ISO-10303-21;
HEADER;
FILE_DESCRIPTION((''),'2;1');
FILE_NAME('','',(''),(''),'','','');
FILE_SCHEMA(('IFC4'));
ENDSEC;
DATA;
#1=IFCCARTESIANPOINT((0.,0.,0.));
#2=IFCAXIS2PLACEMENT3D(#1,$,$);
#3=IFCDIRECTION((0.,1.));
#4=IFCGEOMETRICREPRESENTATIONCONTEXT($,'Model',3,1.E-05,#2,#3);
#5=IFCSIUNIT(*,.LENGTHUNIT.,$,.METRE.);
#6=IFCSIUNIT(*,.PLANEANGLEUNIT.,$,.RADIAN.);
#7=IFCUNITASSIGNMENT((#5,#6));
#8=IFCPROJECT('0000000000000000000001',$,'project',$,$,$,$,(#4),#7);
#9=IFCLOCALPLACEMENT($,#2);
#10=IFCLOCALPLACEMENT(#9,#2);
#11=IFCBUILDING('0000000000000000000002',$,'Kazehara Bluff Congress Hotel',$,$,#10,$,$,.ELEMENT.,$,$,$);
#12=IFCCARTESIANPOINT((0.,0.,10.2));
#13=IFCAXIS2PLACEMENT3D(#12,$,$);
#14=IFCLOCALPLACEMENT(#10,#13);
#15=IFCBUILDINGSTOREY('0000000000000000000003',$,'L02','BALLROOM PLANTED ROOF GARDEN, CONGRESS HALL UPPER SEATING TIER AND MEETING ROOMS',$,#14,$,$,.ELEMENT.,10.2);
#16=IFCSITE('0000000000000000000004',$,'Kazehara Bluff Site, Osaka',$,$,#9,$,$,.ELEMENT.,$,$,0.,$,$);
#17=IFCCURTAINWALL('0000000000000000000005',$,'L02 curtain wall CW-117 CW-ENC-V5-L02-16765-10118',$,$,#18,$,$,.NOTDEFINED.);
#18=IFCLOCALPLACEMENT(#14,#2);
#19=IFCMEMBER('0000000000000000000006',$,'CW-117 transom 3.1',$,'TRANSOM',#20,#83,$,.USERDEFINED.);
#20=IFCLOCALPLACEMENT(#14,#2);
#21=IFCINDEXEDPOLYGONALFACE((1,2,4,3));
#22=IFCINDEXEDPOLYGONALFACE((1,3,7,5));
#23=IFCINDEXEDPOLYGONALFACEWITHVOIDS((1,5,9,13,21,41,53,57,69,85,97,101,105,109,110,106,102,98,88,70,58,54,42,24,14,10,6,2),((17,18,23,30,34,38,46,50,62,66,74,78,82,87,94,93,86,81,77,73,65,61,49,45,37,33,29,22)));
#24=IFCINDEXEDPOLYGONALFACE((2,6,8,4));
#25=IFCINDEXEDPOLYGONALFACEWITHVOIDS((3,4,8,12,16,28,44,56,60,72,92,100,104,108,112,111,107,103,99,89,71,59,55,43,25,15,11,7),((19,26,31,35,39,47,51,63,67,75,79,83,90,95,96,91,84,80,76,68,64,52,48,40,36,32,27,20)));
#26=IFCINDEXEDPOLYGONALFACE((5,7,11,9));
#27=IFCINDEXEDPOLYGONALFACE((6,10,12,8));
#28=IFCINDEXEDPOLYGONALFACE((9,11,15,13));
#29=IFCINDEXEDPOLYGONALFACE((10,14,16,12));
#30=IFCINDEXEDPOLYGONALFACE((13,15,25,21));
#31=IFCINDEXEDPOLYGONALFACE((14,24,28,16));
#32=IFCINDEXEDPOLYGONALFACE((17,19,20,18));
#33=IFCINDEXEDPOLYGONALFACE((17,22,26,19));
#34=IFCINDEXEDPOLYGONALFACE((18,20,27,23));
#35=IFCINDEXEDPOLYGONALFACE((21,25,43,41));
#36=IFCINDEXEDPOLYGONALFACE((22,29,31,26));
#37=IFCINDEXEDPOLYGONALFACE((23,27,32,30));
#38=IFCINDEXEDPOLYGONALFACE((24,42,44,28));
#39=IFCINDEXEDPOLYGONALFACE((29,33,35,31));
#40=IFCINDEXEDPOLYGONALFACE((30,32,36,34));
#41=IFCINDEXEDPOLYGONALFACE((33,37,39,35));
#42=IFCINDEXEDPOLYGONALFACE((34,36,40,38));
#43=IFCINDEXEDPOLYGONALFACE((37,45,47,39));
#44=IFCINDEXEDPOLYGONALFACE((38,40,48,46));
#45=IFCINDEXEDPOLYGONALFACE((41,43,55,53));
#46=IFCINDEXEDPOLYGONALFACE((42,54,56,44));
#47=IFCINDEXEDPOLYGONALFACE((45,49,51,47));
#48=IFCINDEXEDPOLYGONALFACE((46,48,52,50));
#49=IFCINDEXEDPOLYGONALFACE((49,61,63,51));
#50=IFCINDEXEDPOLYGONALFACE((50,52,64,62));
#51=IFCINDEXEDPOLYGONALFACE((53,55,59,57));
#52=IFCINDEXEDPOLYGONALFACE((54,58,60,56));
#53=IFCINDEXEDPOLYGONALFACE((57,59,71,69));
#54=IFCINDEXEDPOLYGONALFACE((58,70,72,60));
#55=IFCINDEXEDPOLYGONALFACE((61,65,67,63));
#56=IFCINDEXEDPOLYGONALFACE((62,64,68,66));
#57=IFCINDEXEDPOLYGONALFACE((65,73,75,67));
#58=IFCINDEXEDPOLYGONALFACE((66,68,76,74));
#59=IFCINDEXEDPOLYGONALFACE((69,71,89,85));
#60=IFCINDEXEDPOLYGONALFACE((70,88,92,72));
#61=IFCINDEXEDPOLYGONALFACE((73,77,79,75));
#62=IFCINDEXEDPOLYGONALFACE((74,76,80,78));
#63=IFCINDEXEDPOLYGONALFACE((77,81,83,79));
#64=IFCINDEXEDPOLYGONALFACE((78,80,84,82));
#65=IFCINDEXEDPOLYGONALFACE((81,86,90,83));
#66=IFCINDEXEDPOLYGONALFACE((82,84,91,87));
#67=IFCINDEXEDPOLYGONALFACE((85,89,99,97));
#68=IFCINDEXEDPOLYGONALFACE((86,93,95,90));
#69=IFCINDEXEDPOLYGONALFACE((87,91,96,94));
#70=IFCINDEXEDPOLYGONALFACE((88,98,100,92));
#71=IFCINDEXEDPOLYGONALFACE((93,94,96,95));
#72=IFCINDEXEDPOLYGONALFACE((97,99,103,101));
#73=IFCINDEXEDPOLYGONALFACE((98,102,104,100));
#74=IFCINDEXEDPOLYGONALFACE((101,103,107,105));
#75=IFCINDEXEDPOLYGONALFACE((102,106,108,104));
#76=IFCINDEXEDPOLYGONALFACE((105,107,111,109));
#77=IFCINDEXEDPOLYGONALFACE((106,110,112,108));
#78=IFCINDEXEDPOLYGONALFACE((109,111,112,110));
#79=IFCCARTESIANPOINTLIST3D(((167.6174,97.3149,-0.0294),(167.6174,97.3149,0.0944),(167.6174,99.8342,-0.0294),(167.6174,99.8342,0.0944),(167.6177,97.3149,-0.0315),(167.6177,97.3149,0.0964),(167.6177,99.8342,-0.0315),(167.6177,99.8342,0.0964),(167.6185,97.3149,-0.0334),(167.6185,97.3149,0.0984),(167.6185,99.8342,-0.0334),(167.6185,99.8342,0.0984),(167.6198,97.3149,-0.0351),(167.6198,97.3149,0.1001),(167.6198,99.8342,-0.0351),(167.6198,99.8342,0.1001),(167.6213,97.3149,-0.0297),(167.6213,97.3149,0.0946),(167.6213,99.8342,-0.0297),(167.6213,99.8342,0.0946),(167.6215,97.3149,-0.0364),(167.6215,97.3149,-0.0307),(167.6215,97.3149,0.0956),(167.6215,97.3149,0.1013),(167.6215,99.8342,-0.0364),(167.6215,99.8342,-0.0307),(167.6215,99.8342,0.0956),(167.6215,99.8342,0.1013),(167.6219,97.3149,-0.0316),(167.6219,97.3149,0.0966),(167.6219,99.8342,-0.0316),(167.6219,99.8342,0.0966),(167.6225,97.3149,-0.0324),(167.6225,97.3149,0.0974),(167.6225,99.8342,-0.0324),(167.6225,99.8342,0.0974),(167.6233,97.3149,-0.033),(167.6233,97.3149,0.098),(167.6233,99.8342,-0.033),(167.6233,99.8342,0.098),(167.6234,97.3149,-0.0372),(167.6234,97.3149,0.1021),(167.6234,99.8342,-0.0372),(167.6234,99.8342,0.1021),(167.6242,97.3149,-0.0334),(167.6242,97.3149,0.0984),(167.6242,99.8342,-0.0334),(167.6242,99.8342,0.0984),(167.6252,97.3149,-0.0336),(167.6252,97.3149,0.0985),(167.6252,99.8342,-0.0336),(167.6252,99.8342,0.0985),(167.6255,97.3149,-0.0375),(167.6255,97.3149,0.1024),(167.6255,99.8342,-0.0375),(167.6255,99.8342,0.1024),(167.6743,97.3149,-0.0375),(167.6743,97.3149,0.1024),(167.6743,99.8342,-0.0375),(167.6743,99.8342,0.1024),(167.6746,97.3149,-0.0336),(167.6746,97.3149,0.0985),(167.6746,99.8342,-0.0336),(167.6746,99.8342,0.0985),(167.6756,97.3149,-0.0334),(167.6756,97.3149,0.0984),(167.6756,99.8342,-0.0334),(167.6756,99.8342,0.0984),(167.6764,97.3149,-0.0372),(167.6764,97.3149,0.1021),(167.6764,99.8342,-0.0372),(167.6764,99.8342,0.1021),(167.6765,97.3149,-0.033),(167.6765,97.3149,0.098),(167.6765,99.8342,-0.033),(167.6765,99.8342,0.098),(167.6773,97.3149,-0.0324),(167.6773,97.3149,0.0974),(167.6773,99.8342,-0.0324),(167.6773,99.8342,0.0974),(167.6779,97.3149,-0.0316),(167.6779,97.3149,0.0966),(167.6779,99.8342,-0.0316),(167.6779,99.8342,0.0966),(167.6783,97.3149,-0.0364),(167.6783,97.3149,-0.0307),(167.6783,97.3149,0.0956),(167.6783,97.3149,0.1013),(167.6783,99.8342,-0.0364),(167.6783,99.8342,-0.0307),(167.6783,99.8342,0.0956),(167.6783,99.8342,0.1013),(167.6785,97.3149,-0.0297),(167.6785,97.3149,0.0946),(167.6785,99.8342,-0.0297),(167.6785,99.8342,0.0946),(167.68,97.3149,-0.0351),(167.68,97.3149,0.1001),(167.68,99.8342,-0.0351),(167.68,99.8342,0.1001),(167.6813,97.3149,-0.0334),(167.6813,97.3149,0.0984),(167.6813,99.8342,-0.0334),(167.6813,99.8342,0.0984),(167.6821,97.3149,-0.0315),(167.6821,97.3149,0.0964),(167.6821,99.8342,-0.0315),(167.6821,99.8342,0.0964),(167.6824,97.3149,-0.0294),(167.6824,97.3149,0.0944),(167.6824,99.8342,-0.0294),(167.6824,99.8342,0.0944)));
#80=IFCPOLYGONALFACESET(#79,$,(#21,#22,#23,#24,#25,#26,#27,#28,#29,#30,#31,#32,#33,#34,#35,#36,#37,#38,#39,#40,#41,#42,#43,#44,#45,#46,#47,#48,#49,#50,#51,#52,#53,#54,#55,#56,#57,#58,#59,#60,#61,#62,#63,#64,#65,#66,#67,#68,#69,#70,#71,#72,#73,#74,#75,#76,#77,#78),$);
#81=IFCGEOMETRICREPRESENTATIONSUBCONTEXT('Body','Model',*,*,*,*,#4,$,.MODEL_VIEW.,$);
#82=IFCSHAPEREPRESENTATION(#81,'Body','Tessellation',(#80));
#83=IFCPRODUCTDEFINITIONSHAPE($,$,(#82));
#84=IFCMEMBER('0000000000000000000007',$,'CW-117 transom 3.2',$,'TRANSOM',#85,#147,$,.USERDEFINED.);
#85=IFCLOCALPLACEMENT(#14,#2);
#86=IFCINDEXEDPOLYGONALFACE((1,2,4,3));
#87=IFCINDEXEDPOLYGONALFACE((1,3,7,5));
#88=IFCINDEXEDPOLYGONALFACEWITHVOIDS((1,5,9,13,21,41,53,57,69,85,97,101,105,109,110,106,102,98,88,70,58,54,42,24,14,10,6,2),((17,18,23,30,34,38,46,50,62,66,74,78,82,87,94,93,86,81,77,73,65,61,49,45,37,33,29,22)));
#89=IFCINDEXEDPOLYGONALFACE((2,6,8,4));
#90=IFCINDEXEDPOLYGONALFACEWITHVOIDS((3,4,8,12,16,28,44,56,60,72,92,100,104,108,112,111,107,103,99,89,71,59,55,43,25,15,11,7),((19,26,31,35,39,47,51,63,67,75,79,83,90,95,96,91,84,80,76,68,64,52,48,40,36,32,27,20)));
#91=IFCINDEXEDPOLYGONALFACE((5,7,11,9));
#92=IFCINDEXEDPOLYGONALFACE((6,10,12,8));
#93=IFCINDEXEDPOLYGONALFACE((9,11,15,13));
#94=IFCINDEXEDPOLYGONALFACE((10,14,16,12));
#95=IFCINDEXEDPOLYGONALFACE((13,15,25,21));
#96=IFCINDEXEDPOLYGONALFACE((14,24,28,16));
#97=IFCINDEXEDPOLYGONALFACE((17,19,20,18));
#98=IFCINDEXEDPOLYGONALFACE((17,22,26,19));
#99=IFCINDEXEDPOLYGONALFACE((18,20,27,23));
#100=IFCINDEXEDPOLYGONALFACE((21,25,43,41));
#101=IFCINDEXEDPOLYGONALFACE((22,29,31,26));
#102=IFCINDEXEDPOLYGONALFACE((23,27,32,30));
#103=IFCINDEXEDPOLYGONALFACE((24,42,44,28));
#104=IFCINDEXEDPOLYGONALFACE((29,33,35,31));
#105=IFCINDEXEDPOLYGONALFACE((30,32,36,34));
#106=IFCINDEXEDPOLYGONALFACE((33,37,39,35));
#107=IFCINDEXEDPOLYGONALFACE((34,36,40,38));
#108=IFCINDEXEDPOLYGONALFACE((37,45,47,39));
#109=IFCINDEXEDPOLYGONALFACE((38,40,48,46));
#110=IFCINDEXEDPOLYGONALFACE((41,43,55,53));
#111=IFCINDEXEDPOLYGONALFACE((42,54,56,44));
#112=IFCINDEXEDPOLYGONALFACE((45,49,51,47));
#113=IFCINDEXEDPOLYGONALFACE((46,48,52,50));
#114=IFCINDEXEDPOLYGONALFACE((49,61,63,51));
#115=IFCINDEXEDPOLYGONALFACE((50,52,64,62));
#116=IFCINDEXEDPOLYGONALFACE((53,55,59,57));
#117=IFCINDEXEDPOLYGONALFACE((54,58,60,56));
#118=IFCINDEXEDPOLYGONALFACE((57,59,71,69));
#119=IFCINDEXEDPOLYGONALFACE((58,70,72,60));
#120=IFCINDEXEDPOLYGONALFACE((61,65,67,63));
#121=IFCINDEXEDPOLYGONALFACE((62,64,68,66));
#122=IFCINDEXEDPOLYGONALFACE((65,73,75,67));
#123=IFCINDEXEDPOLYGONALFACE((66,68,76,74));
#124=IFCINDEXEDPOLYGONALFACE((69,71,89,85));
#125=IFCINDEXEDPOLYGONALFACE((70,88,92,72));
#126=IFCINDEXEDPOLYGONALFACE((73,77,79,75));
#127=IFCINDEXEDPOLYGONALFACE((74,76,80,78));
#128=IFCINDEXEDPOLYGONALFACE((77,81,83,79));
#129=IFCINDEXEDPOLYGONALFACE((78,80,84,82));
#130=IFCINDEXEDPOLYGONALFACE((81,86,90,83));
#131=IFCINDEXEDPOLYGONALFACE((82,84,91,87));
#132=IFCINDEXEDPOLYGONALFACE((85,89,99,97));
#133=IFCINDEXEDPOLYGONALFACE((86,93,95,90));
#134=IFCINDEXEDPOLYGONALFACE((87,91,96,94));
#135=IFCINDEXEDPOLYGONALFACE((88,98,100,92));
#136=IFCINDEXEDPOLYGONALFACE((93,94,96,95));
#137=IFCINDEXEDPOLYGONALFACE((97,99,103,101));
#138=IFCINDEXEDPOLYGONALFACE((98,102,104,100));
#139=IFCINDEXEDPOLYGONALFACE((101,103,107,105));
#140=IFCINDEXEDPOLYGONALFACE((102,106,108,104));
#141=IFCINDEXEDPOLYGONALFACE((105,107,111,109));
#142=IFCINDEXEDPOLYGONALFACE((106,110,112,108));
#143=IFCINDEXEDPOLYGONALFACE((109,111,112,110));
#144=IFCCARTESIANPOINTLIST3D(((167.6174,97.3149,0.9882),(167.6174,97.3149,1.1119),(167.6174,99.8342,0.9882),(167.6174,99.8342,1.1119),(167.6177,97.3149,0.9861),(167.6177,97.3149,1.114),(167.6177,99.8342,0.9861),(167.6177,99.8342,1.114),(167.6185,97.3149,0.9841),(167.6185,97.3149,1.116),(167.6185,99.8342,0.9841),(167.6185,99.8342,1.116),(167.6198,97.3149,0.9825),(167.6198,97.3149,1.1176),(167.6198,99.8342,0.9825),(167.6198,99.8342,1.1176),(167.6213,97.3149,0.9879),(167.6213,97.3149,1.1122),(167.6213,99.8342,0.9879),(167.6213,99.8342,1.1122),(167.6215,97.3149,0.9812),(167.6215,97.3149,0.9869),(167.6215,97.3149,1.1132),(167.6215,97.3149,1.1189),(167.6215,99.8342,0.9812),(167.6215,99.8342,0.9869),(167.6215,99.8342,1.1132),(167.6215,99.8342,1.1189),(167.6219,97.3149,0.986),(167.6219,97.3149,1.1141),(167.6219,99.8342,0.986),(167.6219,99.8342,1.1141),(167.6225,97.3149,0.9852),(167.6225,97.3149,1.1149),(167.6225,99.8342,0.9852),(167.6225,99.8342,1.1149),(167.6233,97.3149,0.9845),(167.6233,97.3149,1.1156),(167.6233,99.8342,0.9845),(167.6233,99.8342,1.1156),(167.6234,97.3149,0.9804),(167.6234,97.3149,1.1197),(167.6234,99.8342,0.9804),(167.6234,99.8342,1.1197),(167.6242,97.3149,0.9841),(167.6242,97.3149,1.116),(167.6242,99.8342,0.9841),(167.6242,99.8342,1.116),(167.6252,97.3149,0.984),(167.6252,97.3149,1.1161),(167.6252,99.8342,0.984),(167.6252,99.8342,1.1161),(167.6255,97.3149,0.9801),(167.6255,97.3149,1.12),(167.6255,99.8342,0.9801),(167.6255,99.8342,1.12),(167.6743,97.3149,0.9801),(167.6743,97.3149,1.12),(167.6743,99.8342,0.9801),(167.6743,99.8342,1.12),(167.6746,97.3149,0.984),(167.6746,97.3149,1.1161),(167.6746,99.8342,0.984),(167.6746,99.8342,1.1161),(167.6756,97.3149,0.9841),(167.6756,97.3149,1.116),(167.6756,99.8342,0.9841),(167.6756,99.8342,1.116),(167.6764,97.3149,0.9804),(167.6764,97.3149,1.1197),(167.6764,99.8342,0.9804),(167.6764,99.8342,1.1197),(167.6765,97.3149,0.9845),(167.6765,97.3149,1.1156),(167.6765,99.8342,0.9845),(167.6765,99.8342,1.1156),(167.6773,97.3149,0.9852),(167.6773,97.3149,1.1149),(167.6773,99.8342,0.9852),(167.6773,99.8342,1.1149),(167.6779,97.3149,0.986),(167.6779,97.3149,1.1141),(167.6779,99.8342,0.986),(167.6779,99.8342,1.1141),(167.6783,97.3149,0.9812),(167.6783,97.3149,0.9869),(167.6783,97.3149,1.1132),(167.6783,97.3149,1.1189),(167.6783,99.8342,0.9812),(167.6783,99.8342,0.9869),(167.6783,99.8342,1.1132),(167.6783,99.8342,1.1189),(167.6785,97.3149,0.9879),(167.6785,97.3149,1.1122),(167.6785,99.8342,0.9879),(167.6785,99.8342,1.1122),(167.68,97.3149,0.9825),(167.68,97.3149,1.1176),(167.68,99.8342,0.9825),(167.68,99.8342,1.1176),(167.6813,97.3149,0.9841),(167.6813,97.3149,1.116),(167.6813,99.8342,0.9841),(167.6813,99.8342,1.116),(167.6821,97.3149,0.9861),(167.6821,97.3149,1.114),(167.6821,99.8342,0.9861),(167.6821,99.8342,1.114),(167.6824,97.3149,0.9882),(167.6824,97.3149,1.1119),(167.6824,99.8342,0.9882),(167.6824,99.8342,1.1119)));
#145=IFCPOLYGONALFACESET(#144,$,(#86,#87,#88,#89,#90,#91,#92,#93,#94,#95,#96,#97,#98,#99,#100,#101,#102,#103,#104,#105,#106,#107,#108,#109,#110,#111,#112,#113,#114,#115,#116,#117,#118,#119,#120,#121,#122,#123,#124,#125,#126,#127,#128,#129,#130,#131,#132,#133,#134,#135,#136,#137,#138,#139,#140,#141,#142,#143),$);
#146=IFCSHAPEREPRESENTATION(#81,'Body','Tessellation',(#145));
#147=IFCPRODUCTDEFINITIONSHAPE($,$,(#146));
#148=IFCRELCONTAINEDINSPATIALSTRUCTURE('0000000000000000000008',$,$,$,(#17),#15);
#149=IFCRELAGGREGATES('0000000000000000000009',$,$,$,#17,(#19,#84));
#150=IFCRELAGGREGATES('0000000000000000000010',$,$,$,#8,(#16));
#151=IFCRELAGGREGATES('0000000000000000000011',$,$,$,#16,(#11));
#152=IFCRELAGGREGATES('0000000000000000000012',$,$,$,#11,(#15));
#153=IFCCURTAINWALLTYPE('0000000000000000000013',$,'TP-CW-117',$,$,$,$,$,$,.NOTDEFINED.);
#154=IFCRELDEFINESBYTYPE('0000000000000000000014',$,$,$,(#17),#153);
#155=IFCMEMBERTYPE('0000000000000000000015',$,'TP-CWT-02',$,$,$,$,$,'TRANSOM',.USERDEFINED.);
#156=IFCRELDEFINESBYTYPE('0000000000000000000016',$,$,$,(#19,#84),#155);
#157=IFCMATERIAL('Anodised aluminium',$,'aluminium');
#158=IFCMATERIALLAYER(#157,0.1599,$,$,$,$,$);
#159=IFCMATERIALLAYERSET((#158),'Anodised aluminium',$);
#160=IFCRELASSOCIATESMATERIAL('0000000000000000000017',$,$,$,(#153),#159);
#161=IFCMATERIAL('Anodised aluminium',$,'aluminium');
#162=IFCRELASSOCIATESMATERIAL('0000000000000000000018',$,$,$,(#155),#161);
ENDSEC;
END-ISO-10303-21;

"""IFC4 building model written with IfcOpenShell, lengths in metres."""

from ifc_helpers import new_model, si_unit, direction, frame, origin, origin_2d, place, context, subcontext, project, spatial, hollow_rectangle, extrude, material, layer, layer_set, material_profile, profile_set, type_object, element, aggregate, save


model = new_model("IFC4")

# Units and contexts
model_context = context("Model", 3, precision=1e-05, world=origin(), true_north=direction((0.0, 1.0)))
body_context = subcontext(model_context, "Body", "Model", "MODEL_VIEW")
ifc_project = project(units=[si_unit("LENGTHUNIT", "METRE"), si_unit("PLANEANGLEUNIT", "RADIAN")], contexts=[model_context])

# Site, building, storey
site_placement = place(None, origin())
site = spatial("IfcSite", under=ifc_project, at=site_placement, Name="Kazehara Bluff Site, Osaka", CompositionType="ELEMENT", RefElevation=0.0)
building_placement = place(site_placement, origin())
building = spatial("IfcBuilding", under=site, at=building_placement, Name="Kazehara Bluff Congress Hotel", CompositionType="ELEMENT")
storey_placement = place(building_placement, frame((0.0, 0.0, 10.2)))
storey = spatial("IfcBuildingStorey", under=building, at=storey_placement, Name="L02", Description="BALLROOM PLANTED ROOF GARDEN, CONGRESS HALL UPPER SEATING TIER AND MEETING ROOMS", CompositionType="ELEMENT", Elevation=10.2)

# Curtain wall
ifc_material_1 = material(Name="Anodised aluminium", Category="aluminium")
ifc_layer_1 = layer(ifc_material_1, 0.1599)
ifc_layer_set_1 = layer_set([ifc_layer_1], Name="Anodised aluminium")
curtain_wall_type_1 = type_object("IfcCurtainWallType", Name="TP-CW-117", PredefinedType="NOTDEFINED", material=ifc_layer_set_1)
curtain_wall_1_placement = place(storey_placement, origin())
curtain_wall_1 = element("IfcCurtainWall", 1, at=curtain_wall_1_placement, inside=storey, type_object=curtain_wall_type_1, Name="L02 curtain wall CW-117 CW-ENC-V5-L02-16765-10118", PredefinedType="NOTDEFINED")

# Members
ifc_material_2 = material(Name="Anodised aluminium", Category="aluminium")
ifc_material_profile_1 = material_profile(ifc_material_2, hollow_rectangle(XDim=0.0649, YDim=0.1399, WallThickness=0.0039, InnerFilletRadius=0.0039, OuterFilletRadius=0.0081, at=origin_2d()))
ifc_profile_set_1 = profile_set([ifc_material_profile_1], Name="Anodised aluminium")
member_type_1 = type_object("IfcMemberType", Name="TP-CWT-02", ElementType="TRANSOM", PredefinedType="USERDEFINED", material=ifc_profile_set_1)
member_1_placement = place(storey_placement, frame((167.6499, 99.8342, 0.0325), z_axis=(0.0, -1.0, 0.0), x_axis=(1.0, 0.0, 0.0)))
member_1 = element("IfcMember", 2, at=member_1_placement, type_object=member_type_1, Name="CW-117 transom 3.1", ObjectType="TRANSOM", PredefinedType="USERDEFINED", context=body_context, shape_type="SweptSolid", body=[
    extrude(hollow_rectangle(XDim=0.0649, YDim=0.1399, WallThickness=0.0039, InnerFilletRadius=0.0039, OuterFilletRadius=0.0081, at=origin_2d()), origin(), (0.0, 0.0, 1.0), 2.5193),
])
member_2_placement = place(storey_placement, frame((167.6499, 99.8342, 1.05), z_axis=(0.0, -1.0, 0.0), x_axis=(1.0, 0.0, 0.0)))
member_2 = element("IfcMember", 3, at=member_2_placement, type_object=member_type_1, Name="CW-117 transom 3.2", ObjectType="TRANSOM", PredefinedType="USERDEFINED", context=body_context, shape_type="SweptSolid", body=[
    extrude(hollow_rectangle(XDim=0.0649, YDim=0.1399, WallThickness=0.0039, InnerFilletRadius=0.0039, OuterFilletRadius=0.0081, at=origin_2d()), origin(), (0.0, 0.0, 1.0), 2.5193),
])

aggregate(curtain_wall_1, [member_1, member_2])

save(model, "model.ifc")
